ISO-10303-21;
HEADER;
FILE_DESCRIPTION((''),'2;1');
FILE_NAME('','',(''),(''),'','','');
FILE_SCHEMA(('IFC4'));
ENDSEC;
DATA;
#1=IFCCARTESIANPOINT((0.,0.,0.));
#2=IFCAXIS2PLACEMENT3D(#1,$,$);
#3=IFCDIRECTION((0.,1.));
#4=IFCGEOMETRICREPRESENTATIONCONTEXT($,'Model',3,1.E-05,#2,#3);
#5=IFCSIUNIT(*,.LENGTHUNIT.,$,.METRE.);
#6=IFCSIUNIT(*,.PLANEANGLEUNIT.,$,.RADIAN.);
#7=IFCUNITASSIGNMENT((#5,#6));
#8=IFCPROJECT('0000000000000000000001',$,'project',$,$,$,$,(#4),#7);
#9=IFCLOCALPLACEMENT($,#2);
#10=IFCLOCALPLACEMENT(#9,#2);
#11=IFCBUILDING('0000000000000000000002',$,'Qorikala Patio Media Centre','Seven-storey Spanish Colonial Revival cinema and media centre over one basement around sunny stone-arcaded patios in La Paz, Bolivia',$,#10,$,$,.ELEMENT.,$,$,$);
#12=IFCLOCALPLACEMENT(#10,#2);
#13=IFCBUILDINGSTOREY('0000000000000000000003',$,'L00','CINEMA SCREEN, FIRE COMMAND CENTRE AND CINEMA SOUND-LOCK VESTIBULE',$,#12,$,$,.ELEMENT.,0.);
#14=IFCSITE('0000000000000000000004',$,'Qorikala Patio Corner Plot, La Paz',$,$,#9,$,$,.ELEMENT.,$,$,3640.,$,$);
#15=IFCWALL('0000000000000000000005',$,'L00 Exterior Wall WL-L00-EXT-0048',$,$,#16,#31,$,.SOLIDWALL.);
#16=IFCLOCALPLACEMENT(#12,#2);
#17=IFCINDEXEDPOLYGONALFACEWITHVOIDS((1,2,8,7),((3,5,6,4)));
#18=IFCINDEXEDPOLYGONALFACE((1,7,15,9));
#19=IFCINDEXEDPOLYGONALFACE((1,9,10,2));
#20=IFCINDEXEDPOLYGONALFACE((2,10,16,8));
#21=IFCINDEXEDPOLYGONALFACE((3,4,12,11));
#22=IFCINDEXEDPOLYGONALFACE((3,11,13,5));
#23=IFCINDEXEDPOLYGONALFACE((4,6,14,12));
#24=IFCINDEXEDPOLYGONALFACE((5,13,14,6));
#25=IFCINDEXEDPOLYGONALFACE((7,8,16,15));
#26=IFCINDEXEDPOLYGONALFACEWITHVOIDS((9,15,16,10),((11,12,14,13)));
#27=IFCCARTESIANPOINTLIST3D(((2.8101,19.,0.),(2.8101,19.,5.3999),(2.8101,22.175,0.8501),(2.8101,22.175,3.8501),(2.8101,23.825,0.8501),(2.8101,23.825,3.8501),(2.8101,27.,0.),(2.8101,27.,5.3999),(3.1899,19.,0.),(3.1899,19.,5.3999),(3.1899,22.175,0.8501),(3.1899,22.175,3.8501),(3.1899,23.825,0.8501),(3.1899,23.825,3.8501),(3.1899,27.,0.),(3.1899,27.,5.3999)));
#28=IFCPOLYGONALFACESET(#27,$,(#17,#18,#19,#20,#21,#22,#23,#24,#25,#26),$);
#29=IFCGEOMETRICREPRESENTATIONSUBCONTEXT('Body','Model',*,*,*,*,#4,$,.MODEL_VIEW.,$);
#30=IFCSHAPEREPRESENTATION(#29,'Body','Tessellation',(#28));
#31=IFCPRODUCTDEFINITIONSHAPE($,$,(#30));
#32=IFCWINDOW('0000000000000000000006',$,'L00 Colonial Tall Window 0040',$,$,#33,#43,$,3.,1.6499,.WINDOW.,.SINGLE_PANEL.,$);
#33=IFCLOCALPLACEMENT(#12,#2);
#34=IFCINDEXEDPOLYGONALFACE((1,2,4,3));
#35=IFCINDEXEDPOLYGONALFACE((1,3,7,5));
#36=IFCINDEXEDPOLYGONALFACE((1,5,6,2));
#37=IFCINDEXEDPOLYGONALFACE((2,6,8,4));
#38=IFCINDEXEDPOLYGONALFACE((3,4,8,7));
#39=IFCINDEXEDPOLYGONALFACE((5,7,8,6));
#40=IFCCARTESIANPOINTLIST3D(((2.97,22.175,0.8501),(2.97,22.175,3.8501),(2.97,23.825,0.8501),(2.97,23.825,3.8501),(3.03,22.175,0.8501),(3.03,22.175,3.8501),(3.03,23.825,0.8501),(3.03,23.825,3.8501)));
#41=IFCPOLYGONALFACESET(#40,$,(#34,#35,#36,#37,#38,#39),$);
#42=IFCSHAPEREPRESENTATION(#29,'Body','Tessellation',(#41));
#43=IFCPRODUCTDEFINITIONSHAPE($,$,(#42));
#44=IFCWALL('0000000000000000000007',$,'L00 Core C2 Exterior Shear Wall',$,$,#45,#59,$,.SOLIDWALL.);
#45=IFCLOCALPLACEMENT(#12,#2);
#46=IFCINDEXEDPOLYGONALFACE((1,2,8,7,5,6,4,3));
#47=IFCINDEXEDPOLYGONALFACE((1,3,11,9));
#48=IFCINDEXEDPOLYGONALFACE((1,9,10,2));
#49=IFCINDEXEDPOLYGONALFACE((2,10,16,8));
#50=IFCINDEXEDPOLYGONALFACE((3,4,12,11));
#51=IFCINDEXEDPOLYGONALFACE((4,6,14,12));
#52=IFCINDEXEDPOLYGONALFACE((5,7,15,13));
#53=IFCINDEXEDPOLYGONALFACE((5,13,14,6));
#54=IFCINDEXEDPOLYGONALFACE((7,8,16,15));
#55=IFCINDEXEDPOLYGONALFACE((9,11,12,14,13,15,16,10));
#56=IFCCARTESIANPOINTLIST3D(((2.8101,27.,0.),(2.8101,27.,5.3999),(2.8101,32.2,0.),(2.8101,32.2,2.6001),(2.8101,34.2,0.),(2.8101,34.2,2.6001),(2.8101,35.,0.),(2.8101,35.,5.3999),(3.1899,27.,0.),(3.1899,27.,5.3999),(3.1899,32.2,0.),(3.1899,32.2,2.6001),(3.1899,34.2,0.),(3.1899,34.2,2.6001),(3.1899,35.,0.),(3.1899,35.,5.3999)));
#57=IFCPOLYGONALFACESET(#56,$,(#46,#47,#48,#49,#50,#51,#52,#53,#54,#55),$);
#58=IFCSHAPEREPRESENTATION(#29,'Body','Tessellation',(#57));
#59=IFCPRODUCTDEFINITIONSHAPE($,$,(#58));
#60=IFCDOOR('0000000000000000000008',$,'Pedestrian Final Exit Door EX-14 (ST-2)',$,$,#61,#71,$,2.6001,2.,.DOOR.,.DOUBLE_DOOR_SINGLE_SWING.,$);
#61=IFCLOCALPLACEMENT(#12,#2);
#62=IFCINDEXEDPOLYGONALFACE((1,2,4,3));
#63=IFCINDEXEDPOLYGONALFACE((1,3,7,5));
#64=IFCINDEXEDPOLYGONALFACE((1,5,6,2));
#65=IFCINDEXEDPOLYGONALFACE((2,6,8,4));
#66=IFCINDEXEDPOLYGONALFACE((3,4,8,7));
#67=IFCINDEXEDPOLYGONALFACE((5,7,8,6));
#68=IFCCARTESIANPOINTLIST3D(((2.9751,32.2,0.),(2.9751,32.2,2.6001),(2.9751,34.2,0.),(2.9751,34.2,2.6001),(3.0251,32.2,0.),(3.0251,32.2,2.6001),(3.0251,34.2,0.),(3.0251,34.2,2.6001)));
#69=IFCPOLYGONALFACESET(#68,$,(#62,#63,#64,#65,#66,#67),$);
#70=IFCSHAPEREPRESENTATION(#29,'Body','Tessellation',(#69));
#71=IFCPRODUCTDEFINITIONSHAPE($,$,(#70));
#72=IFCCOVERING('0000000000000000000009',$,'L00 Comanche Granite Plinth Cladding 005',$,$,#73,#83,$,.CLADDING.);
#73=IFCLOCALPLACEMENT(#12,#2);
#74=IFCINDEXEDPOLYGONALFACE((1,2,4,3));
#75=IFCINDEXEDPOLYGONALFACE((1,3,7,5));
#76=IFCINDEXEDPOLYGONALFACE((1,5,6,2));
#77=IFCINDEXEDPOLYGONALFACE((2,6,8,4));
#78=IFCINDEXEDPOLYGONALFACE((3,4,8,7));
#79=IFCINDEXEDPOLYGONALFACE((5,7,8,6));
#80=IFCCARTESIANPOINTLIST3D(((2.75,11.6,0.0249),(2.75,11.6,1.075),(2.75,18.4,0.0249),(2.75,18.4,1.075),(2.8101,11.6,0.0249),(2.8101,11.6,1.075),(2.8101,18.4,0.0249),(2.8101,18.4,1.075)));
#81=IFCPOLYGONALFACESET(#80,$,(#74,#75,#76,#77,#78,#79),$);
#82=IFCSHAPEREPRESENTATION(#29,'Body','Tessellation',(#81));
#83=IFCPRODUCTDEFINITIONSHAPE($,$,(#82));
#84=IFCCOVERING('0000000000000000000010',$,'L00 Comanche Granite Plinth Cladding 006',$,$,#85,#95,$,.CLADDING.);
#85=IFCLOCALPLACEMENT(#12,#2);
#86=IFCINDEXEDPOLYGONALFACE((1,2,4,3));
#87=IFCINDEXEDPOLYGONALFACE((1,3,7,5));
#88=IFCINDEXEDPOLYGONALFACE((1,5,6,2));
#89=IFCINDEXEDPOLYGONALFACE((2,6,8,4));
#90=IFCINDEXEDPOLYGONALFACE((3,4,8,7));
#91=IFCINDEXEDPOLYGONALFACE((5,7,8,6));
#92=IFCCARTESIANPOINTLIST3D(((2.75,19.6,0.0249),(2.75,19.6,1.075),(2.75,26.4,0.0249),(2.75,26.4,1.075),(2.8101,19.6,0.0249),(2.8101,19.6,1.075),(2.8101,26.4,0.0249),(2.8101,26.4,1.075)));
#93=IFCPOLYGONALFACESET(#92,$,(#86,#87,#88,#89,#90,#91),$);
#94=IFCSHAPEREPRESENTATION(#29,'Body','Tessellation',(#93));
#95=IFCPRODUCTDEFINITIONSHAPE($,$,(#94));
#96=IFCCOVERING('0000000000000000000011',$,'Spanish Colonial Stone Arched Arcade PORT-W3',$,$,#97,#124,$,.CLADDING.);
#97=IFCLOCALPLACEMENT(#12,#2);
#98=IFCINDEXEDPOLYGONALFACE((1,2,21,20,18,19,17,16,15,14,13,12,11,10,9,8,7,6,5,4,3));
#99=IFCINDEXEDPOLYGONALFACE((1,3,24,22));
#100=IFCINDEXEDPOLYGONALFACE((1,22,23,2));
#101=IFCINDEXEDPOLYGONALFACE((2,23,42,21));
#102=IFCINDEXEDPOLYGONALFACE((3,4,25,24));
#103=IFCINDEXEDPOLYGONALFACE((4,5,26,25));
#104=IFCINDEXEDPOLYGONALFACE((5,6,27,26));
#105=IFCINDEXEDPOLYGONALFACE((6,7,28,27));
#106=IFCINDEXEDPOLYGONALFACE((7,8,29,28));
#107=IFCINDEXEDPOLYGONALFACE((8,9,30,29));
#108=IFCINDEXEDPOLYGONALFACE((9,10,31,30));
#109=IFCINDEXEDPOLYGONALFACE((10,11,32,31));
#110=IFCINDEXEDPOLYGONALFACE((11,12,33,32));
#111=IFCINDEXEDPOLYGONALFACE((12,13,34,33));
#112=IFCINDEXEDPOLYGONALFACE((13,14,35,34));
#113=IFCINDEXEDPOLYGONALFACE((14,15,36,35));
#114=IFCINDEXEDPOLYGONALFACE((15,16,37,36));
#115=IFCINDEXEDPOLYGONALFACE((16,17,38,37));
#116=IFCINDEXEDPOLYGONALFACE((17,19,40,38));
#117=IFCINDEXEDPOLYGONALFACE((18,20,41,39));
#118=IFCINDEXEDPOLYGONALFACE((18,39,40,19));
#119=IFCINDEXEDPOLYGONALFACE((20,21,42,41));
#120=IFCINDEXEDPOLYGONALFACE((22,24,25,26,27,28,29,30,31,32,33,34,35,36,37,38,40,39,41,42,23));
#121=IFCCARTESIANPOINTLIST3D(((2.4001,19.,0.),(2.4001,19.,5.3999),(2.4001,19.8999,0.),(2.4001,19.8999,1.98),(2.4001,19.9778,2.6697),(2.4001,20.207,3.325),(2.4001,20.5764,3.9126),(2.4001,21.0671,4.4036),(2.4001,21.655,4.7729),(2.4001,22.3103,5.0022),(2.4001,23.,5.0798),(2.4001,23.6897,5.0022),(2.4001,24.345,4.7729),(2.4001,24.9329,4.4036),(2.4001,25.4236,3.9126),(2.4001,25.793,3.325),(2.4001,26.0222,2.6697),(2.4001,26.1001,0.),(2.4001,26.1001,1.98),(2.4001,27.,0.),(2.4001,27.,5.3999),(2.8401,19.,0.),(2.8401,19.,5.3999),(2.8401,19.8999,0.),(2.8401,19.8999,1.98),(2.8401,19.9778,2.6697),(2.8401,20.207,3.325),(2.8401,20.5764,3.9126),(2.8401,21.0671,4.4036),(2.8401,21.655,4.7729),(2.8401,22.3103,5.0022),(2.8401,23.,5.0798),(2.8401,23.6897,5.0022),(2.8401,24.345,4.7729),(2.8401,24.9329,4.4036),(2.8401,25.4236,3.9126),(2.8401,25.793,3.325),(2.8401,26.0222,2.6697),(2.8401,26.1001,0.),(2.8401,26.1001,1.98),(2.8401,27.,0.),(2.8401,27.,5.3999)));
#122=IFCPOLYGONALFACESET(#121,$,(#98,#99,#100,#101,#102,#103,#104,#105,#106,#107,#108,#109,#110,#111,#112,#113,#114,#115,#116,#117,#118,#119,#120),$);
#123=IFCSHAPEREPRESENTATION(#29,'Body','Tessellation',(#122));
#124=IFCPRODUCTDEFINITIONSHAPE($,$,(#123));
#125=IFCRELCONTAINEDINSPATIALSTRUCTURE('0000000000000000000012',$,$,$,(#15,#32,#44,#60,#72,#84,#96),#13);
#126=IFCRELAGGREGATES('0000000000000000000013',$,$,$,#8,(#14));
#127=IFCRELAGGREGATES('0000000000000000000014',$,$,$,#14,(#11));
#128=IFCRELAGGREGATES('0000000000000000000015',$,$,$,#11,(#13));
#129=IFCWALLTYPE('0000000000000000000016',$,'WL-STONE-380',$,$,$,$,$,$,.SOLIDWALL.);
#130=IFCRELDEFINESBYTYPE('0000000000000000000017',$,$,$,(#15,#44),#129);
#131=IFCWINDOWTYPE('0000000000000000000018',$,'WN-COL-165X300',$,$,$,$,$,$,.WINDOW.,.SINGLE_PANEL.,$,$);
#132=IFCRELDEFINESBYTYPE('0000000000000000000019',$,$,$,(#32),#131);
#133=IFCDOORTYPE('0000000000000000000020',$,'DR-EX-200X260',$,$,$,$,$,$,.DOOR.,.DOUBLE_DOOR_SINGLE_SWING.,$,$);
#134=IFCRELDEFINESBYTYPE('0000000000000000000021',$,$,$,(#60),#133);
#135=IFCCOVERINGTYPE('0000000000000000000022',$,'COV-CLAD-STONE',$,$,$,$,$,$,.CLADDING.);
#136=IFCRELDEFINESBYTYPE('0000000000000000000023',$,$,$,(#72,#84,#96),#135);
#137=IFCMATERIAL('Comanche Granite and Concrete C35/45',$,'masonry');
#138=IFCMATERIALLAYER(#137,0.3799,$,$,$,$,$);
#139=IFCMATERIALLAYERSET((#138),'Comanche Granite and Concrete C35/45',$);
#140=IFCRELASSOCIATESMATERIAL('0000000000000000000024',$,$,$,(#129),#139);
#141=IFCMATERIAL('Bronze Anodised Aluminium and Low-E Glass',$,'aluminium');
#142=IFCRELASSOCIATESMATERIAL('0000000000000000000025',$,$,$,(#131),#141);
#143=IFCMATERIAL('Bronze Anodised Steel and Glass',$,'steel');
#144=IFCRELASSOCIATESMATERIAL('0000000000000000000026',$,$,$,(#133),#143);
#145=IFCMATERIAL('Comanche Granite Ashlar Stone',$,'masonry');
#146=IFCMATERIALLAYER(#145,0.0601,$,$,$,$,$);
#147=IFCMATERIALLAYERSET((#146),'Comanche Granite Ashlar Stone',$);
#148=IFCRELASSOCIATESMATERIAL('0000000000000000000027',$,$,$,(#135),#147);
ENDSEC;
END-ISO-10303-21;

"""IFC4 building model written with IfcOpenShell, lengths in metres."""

from ifc_helpers import new_model, si_unit, direction, frame, frame_2d, origin, origin_2d, place, context, subcontext, project, spatial, polyline, rectangle, outline, extrude, material, layer, layer_set, type_object, element, fill, save


model = new_model("IFC4")

# Units and contexts
model_context = context("Model", 3, precision=1e-05, world=origin(), true_north=direction((0.0, 1.0)))
body_context = subcontext(model_context, "Body", "Model", "MODEL_VIEW")
ifc_project = project(units=[si_unit("LENGTHUNIT", "METRE"), si_unit("PLANEANGLEUNIT", "RADIAN")], contexts=[model_context])

# Site, building, storey
site_placement = place(None, origin())
site = spatial("IfcSite", under=ifc_project, at=site_placement, Name="Qorikala Patio Corner Plot, La Paz", CompositionType="ELEMENT", RefElevation=3640.0)
building_placement = place(site_placement, origin())
building = spatial("IfcBuilding", under=site, at=building_placement, Name="Qorikala Patio Media Centre", Description="Seven-storey Spanish Colonial Revival cinema and media centre over one basement around sunny stone-arcaded patios in La Paz, Bolivia", CompositionType="ELEMENT")
storey_placement = place(building_placement, origin())
storey = spatial("IfcBuildingStorey", under=building, at=storey_placement, Name="L00", Description="CINEMA SCREEN, FIRE COMMAND CENTRE AND CINEMA SOUND-LOCK VESTIBULE", CompositionType="ELEMENT", Elevation=0.0)

# Wall, opening, window
ifc_material_1 = material(Name="Comanche Granite and Concrete C35/45", Category="masonry")
ifc_layer_1 = layer(ifc_material_1, 0.3799)
ifc_layer_set_1 = layer_set([ifc_layer_1], Name="Comanche Granite and Concrete C35/45")
wall_type_1 = type_object("IfcWallType", Name="WL-STONE-380", PredefinedType="SOLIDWALL", material=ifc_layer_set_1)
wall_1_placement = place(storey_placement, frame((3.0, 19.0, 0.0), z_axis=(0.0, 0.0, 1.0), x_axis=(0.0, 1.0, 0.0)))
wall_1 = element("IfcWall", 1, at=wall_1_placement, inside=storey, type_object=wall_type_1, Name="L00 Exterior Wall WL-L00-EXT-0048", PredefinedType="SOLIDWALL", context=body_context, shape_type="SweptSolid", body=[
    extrude(rectangle(XDim=8.0, YDim=0.3799, at=frame_2d((4.0, 0.0))), origin(), (0.0, 0.0, 1.0), 5.3999),
])
opening_1_placement = place(wall_1_placement, frame((3.175, 0.0, 0.8501)))
opening_1 = element("IfcOpeningElement", 2, at=opening_1_placement, cuts=wall_1, PredefinedType="OPENING", context=body_context, shape_type="SweptSolid", body=[
    extrude(rectangle(XDim=1.6499, YDim=3.0, at=frame_2d((0.825, 1.5))), frame((0.0, 0.2, 0.0), z_axis=(0.0, -1.0, 0.0), x_axis=(1.0, 0.0, 0.0)), (0.0, 0.0, 1.0), 0.3999),
])
ifc_material_2 = material(Name="Bronze Anodised Aluminium and Low-E Glass", Category="aluminium")
window_type = type_object("IfcWindowType", Name="WN-COL-165X300", PartitioningType="SINGLE_PANEL", PredefinedType="WINDOW", material=ifc_material_2)
window_placement = place(opening_1_placement, origin())
window = element("IfcWindow", 3, at=window_placement, inside=storey, type_object=window_type, Name="L00 Colonial Tall Window 0040", OverallHeight=3.0, OverallWidth=1.6499, PartitioningType="SINGLE_PANEL", PredefinedType="WINDOW", context=body_context, shape_type="SweptSolid", body=[
    extrude(rectangle(XDim=1.6499, YDim=3.0, at=frame_2d((0.825, 1.5))), frame((0.0, 0.03, 0.0), z_axis=(0.0, -1.0, 0.0), x_axis=(1.0, 0.0, 0.0)), (0.0, 0.0, 1.0), 0.0601),
])
fill(opening_1, window)

# Wall, opening, door
wall_2_placement = place(storey_placement, frame((3.0, 27.0, 0.0), z_axis=(0.0, 0.0, 1.0), x_axis=(0.0, 1.0, 0.0)))
wall_2 = element("IfcWall", 4, at=wall_2_placement, inside=storey, type_object=wall_type_1, Name="L00 Core C2 Exterior Shear Wall", PredefinedType="SOLIDWALL", context=body_context, shape_type="SweptSolid", body=[
    extrude(rectangle(XDim=8.0, YDim=0.3799, at=frame_2d((4.0, 0.0))), origin(), (0.0, 0.0, 1.0), 5.3999),
])
opening_2_placement = place(wall_2_placement, frame((5.2, 0.0, 0.0)))
opening_2 = element("IfcOpeningElement", 5, at=opening_2_placement, cuts=wall_2, PredefinedType="OPENING", context=body_context, shape_type="SweptSolid", body=[
    extrude(rectangle(XDim=2.0, YDim=2.6001, at=frame_2d((1.0, 1.3))), frame((0.0, 0.2, 0.0), z_axis=(0.0, -1.0, 0.0), x_axis=(1.0, 0.0, 0.0)), (0.0, 0.0, 1.0), 0.3999),
])
ifc_material_3 = material(Name="Bronze Anodised Steel and Glass", Category="steel")
door_type_1 = type_object("IfcDoorType", Name="DR-EX-200X260", OperationType="DOUBLE_DOOR_SINGLE_SWING", PredefinedType="DOOR", material=ifc_material_3)
door_1_placement = place(opening_2_placement, origin())
door_1 = element("IfcDoor", 6, at=door_1_placement, inside=storey, type_object=door_type_1, Name="Pedestrian Final Exit Door EX-14 (ST-2)", OperationType="DOUBLE_DOOR_SINGLE_SWING", OverallHeight=2.6001, OverallWidth=2.0, PredefinedType="DOOR", context=body_context, shape_type="SweptSolid", body=[
    extrude(rectangle(XDim=2.0, YDim=2.6001, at=frame_2d((1.0, 1.3))), frame((0.0, 0.0249, 0.0), z_axis=(0.0, -1.0, 0.0), x_axis=(1.0, 0.0, 0.0)), (0.0, 0.0, 1.0), 0.05),
])
fill(opening_2, door_1)

# Coverings
ifc_material_4 = material(Name="Comanche Granite Ashlar Stone", Category="masonry")
ifc_layer_2 = layer(ifc_material_4, 0.0601)
ifc_layer_set_2 = layer_set([ifc_layer_2], Name="Comanche Granite Ashlar Stone")
covering_type = type_object("IfcCoveringType", Name="COV-CLAD-STONE", PredefinedType="CLADDING", material=ifc_layer_set_2)
for number, where, z_axis, x_axis, name in (
    (7, (2.78, 15.0, 0.0249), (0.0, 0.0, 1.0), (0.0, 1.0, 0.0), "L00 Comanche Granite Plinth Cladding 005"),
    (8, (2.78, 23.0, 0.0249), (0.0, 0.0, 1.0), (0.0, 1.0, 0.0), "L00 Comanche Granite Plinth Cladding 006"),
):
    element("IfcCovering", number, at=place(storey_placement, frame(where, z_axis=z_axis, x_axis=x_axis)), inside=storey, type_object=covering_type, Name=name, PredefinedType="CLADDING", context=body_context, shape_type="SweptSolid", body=[
        extrude(rectangle(XDim=6.8, YDim=0.0601, at=origin_2d()), origin(), (0.0, 0.0, 1.0), 1.05),
    ])
covering_placement = place(storey_placement, frame((2.6201, 19.0, 0.0), z_axis=(0.0, 0.0, 1.0), x_axis=(0.0, 1.0, 0.0)))
element("IfcCovering", 9, at=covering_placement, inside=storey, type_object=covering_type, Name="Spanish Colonial Stone Arched Arcade PORT-W3", PredefinedType="CLADDING", context=body_context, shape_type="SweptSolid", body=[
    extrude(outline(polyline([(0.0, 0.0), (0.8999, 0.0), (0.8999, 1.98), (0.9778, 2.6697), (1.207, 3.325), (1.5764, 3.9126), (2.0671, 4.4036), (2.655, 4.7729), (3.3103, 5.0022), (4.0, 5.0798), (4.6897, 5.0022), (5.345, 4.7729), (5.9329, 4.4036), (6.4236, 3.9126), (6.793, 3.325), (7.0222, 2.6697), (7.1001, 1.98), (7.1001, 0.0), (8.0, 0.0), (8.0, 5.3999), (0.0, 5.3999), (0.0, 0.0)])), frame((0.0, 0.22, 0.0), z_axis=(0.0, -1.0, 0.0), x_axis=(1.0, 0.0, 0.0)), (0.0, 0.0, 1.0), 0.4399),
])

save(model, "model.ifc")
